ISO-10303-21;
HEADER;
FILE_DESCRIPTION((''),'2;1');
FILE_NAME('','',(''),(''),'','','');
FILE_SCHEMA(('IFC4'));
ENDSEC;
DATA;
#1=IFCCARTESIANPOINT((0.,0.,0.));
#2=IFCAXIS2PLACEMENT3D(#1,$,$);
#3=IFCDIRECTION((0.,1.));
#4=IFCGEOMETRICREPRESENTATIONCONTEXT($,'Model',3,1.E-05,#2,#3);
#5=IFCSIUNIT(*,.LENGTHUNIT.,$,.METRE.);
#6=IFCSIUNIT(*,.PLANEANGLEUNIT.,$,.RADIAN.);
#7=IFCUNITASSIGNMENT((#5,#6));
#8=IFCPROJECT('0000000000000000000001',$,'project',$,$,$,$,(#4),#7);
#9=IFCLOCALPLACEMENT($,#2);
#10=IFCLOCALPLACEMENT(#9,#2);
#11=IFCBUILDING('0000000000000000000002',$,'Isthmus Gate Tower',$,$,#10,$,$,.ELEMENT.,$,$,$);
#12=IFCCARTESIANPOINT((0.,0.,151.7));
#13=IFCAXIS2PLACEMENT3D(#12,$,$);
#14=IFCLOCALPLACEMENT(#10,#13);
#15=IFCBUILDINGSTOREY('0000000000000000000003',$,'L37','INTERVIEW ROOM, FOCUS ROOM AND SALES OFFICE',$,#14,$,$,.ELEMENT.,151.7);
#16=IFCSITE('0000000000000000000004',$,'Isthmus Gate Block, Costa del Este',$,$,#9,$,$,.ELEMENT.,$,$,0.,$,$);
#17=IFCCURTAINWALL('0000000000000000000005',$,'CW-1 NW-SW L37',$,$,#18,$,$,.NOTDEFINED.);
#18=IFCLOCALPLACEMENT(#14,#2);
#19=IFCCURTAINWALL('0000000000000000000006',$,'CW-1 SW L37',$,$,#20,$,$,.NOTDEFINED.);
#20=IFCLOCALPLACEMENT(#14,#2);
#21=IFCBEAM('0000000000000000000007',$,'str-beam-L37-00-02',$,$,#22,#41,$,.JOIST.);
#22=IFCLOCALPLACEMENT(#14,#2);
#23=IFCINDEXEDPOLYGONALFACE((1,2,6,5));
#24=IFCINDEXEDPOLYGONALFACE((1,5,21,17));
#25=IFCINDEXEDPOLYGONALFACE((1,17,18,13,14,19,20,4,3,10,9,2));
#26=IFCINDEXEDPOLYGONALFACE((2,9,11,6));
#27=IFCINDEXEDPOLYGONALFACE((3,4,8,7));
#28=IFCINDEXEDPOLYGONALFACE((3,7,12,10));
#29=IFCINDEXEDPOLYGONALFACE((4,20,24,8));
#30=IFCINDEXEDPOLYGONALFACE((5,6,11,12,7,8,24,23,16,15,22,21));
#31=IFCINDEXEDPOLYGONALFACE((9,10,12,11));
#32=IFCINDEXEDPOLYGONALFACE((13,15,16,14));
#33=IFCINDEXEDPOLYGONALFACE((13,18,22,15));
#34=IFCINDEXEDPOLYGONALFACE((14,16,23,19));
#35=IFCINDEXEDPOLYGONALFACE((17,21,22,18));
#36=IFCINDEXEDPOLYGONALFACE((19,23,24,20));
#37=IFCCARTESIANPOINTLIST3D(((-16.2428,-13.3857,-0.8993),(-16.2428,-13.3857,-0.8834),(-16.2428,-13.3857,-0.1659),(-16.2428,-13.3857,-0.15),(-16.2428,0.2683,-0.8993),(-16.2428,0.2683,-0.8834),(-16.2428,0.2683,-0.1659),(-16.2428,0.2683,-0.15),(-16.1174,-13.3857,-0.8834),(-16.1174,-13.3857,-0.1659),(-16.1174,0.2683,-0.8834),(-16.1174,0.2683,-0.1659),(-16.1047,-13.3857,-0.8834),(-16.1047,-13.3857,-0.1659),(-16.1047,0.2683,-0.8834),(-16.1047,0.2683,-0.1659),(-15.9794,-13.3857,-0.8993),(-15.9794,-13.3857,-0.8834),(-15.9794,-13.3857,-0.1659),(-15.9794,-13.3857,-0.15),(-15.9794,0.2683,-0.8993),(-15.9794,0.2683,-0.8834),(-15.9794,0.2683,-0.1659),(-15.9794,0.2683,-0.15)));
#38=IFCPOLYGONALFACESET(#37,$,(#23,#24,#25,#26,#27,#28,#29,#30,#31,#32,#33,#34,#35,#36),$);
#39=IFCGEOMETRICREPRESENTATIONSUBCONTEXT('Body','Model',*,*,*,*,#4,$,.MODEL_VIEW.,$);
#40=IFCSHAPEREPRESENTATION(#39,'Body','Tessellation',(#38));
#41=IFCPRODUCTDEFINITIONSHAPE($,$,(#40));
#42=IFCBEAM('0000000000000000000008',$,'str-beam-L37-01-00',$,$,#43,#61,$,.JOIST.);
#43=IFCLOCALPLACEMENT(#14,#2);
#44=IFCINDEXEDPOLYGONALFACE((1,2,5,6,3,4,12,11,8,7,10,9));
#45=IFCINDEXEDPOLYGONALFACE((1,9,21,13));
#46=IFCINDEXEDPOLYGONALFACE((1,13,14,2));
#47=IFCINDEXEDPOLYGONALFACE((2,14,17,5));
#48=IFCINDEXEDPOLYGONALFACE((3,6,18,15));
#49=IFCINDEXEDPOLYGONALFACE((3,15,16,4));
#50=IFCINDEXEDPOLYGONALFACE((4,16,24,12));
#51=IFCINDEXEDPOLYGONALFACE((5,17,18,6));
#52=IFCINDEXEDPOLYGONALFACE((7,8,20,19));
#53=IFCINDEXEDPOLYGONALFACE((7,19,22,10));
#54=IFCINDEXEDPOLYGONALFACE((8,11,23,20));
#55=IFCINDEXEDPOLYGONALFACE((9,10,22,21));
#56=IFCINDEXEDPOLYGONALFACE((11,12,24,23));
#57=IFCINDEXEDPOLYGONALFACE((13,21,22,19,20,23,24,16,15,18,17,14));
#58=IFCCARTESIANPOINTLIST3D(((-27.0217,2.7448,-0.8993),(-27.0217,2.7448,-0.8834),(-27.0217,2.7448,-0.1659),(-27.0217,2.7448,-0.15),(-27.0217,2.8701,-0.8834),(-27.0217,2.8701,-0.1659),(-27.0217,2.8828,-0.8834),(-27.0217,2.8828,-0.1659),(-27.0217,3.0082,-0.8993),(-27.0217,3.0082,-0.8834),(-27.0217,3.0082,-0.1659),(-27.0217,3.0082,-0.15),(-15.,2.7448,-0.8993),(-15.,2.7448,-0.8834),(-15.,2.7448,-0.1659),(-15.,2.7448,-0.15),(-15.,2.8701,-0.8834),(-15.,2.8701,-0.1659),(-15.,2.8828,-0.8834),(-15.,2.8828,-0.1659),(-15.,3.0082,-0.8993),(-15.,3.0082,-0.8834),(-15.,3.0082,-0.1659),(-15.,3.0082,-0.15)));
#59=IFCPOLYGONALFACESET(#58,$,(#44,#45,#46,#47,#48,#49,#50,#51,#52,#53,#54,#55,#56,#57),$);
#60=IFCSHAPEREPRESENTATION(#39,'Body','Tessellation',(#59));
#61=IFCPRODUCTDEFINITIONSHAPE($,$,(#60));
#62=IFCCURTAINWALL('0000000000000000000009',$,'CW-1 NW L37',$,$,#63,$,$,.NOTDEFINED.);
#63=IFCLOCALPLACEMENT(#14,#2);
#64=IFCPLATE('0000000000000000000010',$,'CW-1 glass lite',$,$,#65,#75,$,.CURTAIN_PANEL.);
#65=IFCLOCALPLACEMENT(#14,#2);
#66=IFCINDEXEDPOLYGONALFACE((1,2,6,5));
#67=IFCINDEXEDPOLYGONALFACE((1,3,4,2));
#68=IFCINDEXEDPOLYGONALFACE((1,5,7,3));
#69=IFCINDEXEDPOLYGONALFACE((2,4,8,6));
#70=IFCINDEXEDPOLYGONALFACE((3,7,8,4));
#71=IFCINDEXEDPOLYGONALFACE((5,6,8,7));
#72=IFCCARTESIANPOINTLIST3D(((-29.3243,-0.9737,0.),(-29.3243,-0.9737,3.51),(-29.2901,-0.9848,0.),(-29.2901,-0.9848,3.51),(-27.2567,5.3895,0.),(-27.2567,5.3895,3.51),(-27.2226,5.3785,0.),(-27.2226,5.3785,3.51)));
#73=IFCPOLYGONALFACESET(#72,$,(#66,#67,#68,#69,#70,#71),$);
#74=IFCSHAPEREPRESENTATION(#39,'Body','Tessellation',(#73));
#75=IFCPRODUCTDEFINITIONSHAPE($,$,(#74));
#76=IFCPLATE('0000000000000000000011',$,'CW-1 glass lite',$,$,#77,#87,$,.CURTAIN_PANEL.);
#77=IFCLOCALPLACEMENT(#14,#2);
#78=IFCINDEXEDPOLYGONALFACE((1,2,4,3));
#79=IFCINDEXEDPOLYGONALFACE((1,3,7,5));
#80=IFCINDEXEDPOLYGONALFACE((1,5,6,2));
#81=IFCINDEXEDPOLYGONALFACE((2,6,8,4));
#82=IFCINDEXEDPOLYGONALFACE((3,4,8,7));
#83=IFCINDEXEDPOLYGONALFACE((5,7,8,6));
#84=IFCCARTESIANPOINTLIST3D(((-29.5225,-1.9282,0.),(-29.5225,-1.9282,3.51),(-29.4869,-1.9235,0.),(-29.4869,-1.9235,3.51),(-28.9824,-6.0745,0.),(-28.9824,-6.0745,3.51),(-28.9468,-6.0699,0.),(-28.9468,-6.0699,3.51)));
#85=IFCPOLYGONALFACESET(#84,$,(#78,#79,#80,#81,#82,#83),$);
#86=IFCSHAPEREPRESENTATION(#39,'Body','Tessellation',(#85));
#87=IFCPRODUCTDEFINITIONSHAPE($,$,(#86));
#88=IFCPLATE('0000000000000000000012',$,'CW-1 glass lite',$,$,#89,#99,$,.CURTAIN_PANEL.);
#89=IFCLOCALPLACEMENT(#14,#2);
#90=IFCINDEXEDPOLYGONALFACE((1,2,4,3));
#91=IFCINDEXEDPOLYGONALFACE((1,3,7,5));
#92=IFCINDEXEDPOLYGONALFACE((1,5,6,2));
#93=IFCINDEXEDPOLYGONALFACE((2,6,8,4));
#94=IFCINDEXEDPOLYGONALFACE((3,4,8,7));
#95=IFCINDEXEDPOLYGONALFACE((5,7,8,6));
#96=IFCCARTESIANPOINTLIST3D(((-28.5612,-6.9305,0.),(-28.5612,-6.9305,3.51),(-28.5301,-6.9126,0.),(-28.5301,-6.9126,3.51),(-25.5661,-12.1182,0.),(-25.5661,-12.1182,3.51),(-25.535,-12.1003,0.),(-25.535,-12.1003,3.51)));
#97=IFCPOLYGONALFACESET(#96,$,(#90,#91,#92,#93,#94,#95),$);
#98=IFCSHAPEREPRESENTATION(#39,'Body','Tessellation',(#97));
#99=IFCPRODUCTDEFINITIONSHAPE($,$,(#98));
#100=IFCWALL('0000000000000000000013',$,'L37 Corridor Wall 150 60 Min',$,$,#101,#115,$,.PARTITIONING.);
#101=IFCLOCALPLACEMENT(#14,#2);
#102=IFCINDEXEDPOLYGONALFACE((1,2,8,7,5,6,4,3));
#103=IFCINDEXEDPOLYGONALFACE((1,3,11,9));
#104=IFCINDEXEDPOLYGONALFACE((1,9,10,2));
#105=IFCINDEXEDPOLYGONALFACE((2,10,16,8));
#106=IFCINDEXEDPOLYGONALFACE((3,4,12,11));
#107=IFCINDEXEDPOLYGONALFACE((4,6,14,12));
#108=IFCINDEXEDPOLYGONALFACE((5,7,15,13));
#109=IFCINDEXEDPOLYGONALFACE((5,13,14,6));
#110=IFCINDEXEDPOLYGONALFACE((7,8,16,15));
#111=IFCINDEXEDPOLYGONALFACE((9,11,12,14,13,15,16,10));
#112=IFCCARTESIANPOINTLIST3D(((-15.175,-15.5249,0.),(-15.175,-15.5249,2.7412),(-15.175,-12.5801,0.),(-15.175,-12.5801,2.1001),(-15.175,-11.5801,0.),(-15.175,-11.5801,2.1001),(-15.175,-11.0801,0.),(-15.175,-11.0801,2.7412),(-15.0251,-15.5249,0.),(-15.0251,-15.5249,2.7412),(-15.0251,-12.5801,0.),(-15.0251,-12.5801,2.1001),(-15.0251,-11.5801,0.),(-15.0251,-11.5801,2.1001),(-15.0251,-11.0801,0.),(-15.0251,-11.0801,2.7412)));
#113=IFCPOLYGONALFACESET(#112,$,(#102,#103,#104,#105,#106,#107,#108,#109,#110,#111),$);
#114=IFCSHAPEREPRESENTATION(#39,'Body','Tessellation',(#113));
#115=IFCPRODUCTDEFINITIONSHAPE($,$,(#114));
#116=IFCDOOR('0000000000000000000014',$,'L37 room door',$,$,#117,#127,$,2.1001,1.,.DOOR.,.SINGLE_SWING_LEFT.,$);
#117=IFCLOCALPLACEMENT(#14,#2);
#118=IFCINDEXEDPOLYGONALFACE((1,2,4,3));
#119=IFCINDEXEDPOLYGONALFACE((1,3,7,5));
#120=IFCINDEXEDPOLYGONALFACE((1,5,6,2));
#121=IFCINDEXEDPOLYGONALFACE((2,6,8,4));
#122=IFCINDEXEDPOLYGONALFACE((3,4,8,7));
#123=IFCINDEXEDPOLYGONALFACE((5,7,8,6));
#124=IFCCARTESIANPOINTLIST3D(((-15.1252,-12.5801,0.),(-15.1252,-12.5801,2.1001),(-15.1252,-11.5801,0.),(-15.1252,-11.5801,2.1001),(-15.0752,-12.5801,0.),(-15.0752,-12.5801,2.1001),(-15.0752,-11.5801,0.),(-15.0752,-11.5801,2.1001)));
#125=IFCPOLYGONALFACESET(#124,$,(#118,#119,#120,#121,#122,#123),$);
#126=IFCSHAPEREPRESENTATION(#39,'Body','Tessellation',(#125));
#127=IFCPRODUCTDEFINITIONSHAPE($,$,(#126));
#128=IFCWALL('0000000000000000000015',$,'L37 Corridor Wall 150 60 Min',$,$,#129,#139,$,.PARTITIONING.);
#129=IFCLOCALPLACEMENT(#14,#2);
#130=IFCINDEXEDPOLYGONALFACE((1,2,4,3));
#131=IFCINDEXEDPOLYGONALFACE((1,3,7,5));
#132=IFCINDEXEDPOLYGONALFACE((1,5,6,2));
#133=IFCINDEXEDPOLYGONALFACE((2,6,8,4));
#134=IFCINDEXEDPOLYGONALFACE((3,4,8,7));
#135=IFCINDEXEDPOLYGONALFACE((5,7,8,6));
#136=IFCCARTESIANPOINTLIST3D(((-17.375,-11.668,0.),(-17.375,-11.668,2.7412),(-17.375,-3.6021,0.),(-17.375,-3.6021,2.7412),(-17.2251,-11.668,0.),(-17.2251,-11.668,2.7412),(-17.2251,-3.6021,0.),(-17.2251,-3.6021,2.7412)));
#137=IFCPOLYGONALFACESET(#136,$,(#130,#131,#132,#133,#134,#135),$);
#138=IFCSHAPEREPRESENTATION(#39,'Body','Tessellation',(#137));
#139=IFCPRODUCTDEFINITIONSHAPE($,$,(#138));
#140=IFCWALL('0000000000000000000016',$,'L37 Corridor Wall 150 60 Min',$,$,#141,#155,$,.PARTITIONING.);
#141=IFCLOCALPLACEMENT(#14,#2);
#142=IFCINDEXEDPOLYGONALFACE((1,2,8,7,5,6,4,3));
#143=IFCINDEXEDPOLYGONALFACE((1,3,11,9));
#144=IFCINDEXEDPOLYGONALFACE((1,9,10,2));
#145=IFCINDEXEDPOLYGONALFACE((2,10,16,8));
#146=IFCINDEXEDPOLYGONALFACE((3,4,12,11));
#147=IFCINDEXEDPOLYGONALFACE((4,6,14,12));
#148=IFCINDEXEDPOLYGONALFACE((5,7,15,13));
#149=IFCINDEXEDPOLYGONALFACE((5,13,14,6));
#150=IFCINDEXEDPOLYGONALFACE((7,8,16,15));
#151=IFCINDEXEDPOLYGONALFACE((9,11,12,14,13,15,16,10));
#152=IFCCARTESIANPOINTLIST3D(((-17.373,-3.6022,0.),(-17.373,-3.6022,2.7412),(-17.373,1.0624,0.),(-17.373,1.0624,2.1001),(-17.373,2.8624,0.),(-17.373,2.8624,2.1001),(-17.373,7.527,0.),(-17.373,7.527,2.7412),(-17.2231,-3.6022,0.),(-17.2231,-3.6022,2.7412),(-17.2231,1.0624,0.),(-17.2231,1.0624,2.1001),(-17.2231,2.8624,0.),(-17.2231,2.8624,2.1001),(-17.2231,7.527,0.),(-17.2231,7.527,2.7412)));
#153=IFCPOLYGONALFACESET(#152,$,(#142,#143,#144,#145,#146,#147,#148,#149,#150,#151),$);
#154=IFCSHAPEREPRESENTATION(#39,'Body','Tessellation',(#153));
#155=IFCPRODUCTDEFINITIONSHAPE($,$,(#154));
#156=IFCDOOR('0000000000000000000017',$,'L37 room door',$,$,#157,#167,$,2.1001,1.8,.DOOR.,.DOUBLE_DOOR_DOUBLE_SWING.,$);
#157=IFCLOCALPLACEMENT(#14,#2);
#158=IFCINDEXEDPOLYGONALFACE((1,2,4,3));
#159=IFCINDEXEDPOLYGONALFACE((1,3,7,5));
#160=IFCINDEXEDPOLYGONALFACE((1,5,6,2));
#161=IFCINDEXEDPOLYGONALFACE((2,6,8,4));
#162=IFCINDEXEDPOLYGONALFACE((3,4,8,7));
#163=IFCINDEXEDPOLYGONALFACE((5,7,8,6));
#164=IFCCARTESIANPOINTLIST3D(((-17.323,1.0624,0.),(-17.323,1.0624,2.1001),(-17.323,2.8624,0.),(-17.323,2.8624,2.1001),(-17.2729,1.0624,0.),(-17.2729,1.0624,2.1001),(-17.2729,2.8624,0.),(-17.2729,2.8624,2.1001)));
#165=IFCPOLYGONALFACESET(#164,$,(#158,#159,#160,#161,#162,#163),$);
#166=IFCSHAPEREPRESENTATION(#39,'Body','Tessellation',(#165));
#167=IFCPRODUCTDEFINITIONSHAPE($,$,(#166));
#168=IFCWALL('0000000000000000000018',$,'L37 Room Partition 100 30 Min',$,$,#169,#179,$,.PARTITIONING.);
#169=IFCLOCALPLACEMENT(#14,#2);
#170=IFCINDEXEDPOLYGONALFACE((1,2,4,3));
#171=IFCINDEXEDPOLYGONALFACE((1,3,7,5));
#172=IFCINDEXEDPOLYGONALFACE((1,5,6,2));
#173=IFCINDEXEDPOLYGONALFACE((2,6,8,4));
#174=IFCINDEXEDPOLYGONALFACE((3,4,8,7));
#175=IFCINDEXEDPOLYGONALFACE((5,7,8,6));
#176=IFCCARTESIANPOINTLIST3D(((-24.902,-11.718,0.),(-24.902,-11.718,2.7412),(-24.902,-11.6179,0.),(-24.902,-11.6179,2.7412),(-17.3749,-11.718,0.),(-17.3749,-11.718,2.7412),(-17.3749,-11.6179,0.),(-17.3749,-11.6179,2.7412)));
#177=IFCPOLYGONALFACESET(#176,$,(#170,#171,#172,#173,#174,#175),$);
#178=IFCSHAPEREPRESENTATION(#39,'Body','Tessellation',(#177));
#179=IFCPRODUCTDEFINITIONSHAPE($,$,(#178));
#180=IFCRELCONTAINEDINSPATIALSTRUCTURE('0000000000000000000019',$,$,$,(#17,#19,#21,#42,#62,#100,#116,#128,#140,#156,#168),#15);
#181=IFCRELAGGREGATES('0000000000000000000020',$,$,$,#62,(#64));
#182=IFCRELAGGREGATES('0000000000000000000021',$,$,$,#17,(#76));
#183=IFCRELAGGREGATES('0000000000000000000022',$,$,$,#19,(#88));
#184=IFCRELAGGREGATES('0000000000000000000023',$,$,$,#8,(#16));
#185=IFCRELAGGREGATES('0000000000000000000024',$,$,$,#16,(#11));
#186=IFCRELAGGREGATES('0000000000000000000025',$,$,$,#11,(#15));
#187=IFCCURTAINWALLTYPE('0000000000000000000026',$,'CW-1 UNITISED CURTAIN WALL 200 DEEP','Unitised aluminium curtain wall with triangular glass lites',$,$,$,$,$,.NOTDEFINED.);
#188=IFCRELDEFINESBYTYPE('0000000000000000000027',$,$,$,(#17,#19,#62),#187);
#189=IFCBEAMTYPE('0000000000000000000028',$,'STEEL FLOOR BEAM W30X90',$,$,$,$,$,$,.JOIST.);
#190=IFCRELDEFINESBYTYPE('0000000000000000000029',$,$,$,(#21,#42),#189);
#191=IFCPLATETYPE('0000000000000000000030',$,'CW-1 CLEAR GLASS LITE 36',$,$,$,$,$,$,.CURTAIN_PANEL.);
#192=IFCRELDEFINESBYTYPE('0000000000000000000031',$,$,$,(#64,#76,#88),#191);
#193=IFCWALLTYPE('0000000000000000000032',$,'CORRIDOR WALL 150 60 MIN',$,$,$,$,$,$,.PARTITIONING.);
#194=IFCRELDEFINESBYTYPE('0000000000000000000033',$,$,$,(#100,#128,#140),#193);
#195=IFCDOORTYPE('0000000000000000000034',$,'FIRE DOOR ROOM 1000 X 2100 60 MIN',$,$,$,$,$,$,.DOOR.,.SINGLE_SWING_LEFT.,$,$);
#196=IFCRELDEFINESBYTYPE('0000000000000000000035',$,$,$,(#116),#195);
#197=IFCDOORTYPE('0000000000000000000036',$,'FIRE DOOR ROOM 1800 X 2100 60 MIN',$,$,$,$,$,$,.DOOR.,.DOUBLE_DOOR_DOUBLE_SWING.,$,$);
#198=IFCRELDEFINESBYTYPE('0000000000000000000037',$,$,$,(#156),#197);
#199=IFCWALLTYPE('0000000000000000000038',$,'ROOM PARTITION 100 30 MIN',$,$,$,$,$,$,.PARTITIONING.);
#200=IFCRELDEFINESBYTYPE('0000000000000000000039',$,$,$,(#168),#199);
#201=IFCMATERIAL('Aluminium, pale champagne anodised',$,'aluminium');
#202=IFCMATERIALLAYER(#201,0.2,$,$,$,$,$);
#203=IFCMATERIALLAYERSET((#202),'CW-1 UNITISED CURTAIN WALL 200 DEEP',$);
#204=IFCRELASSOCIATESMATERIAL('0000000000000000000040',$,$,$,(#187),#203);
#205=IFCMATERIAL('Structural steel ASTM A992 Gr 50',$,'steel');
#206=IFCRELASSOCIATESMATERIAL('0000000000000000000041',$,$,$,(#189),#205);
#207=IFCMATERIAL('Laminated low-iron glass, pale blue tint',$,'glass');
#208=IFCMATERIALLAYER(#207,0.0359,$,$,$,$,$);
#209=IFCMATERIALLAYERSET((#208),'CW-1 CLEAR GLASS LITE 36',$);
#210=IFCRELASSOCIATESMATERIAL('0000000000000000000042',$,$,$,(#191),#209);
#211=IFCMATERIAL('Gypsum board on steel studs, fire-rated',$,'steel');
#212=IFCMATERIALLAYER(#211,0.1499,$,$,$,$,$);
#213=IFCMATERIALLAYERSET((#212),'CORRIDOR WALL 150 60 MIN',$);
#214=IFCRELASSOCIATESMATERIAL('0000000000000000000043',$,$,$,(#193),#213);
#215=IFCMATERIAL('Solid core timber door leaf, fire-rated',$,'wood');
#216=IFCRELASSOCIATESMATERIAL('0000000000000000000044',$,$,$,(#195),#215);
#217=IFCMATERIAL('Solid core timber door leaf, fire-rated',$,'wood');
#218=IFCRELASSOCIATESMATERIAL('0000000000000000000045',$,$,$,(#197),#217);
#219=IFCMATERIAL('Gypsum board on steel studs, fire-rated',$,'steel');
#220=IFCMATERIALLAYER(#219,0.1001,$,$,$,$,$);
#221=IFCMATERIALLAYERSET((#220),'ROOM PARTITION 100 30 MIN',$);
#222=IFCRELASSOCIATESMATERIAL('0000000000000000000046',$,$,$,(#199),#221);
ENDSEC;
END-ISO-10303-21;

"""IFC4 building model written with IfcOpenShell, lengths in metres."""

from ifc_helpers import new_model, si_unit, direction, frame, frame_2d, origin, origin_2d, place, context, subcontext, project, spatial, rectangle, i_section, extrude, material, layer, layer_set, material_profile, profile_set, type_object, element, fill, aggregate, save


model = new_model("IFC4")

# Units and contexts
model_context = context("Model", 3, precision=1e-05, world=origin(), true_north=direction((0.0, 1.0)))
body_context = subcontext(model_context, "Body", "Model", "MODEL_VIEW")
ifc_project = project(units=[si_unit("LENGTHUNIT", "METRE"), si_unit("PLANEANGLEUNIT", "RADIAN")], contexts=[model_context])

# Site, building, storey
site_placement = place(None, origin())
site = spatial("IfcSite", under=ifc_project, at=site_placement, Name="Isthmus Gate Block, Costa del Este", CompositionType="ELEMENT", RefElevation=0.0)
building_placement = place(site_placement, origin())
building = spatial("IfcBuilding", under=site, at=building_placement, Name="Isthmus Gate Tower", CompositionType="ELEMENT")
storey_placement = place(building_placement, frame((0.0, 0.0, 151.7)))
storey = spatial("IfcBuildingStorey", under=building, at=storey_placement, Name="L37", Description="INTERVIEW ROOM, FOCUS ROOM AND SALES OFFICE", CompositionType="ELEMENT", Elevation=151.7)

# Curtain walls
ifc_material_1 = material(Name="Aluminium, pale champagne anodised", Category="aluminium")
ifc_layer_1 = layer(ifc_material_1, 0.2)
ifc_layer_set_1 = layer_set([ifc_layer_1], Name="CW-1 UNITISED CURTAIN WALL 200 DEEP")
curtain_wall_type = type_object("IfcCurtainWallType", Name="CW-1 UNITISED CURTAIN WALL 200 DEEP", Description="Unitised aluminium curtain wall with triangular glass lites", PredefinedType="NOTDEFINED", material=ifc_layer_set_1)
curtain_wall_1_placement = place(storey_placement, origin())
curtain_wall_1 = element("IfcCurtainWall", 1, at=curtain_wall_1_placement, inside=storey, type_object=curtain_wall_type, Name="CW-1 NW-SW L37", PredefinedType="NOTDEFINED")
curtain_wall_2_placement = place(storey_placement, origin())
curtain_wall_2 = element("IfcCurtainWall", 2, at=curtain_wall_2_placement, inside=storey, type_object=curtain_wall_type, Name="CW-1 SW L37", PredefinedType="NOTDEFINED")

# Beams
ifc_material_2 = material(Name="Structural steel ASTM A992 Gr 50", Category="steel")
ifc_material_profile_1 = material_profile(ifc_material_2, i_section(OverallWidth=0.2634, OverallDepth=0.7493, WebThickness=0.0127, FlangeThickness=0.0159, at=origin_2d()), Name="W30X90")
ifc_profile_set_1 = profile_set([ifc_material_profile_1], Name="Structural steel ASTM A992 Gr 50")
beam_type_1 = type_object("IfcBeamType", Name="STEEL FLOOR BEAM W30X90", PredefinedType="JOIST", material=ifc_profile_set_1)
beam_1_placement = place(storey_placement, frame((-16.1111, -13.3857, -0.5247), z_axis=(0.0, 1.0, 0.0), x_axis=(-1.0, 0.0, 0.0)))
element("IfcBeam", 3, at=beam_1_placement, inside=storey, type_object=beam_type_1, Name="str-beam-L37-00-02", PredefinedType="JOIST", context=body_context, shape_type="SweptSolid", body=[
    extrude(i_section(OverallWidth=0.2634, OverallDepth=0.7493, WebThickness=0.0127, FlangeThickness=0.0159, at=origin_2d()), origin(), (0.0, 0.0, 1.0), 13.6541),
])
beam_2_placement = place(storey_placement, frame((-27.0217, 2.8765, -0.5247), z_axis=(1.0, 0.0, 0.0), x_axis=(0.0, 1.0, 0.0)))
element("IfcBeam", 4, at=beam_2_placement, inside=storey, type_object=beam_type_1, Name="str-beam-L37-01-00", PredefinedType="JOIST", context=body_context, shape_type="SweptSolid", body=[
    extrude(i_section(OverallWidth=0.2634, OverallDepth=0.7493, WebThickness=0.0127, FlangeThickness=0.0159, at=origin_2d()), origin(), (0.0, 0.0, 1.0), 12.0217),
])

# Curtain wall, plate
curtain_wall_3_placement = place(storey_placement, origin())
curtain_wall_3 = element("IfcCurtainWall", 5, at=curtain_wall_3_placement, inside=storey, type_object=curtain_wall_type, Name="CW-1 NW L37", PredefinedType="NOTDEFINED")
ifc_material_3 = material(Name="Laminated low-iron glass, pale blue tint", Category="glass")
ifc_layer_2 = layer(ifc_material_3, 0.0359)
ifc_layer_set_2 = layer_set([ifc_layer_2], Name="CW-1 CLEAR GLASS LITE 36")
plate_type = type_object("IfcPlateType", Name="CW-1 CLEAR GLASS LITE 36", PredefinedType="CURTAIN_PANEL", material=ifc_layer_set_2)
plate_1_placement = place(storey_placement, frame((-28.2734, 2.2024, 0.0), z_axis=(0.0, 0.0, 1.0), x_axis=(-0.309017, -0.951057, 0.0)))
plate_1 = element("IfcPlate", 6, at=plate_1_placement, type_object=plate_type, Name="CW-1 glass lite", PredefinedType="CURTAIN_PANEL", context=body_context, shape_type="SweptSolid", body=[
    extrude(rectangle(XDim=6.6907, YDim=0.0359, at=origin_2d()), origin(), (0.0, 0.0, 1.0), 3.51),
])
aggregate(curtain_wall_3, [plate_1])

# Plates
plate_2_placement = place(storey_placement, frame((-29.2346, -3.999, 0.0), z_axis=(0.0, 0.0, 1.0), x_axis=(0.129165, -0.991623, 0.0)))
plate_2 = element("IfcPlate", 7, at=plate_2_placement, type_object=plate_type, Name="CW-1 glass lite", PredefinedType="CURTAIN_PANEL", context=body_context, shape_type="SweptSolid", body=[
    extrude(rectangle(XDim=4.1814, YDim=0.0359, at=origin_2d()), origin(), (0.0, 0.0, 1.0), 3.51),
])
aggregate(curtain_wall_1, [plate_2])
plate_3_placement = place(storey_placement, frame((-27.0481, -9.5154, 0.0), z_axis=(0.0, 0.0, 1.0), x_axis=(0.5, -0.866025, 0.0)))
plate_3 = element("IfcPlate", 8, at=plate_3_placement, type_object=plate_type, Name="CW-1 glass lite", PredefinedType="CURTAIN_PANEL", context=body_context, shape_type="SweptSolid", body=[
    extrude(rectangle(XDim=5.9902, YDim=0.0359, at=origin_2d()), origin(), (0.0, 0.0, 1.0), 3.51),
])
aggregate(curtain_wall_2, [plate_3])

# Wall, opening, door
ifc_material_4 = material(Name="Gypsum board on steel studs, fire-rated", Category="steel")
ifc_layer_3 = layer(ifc_material_4, 0.1499)
ifc_layer_set_3 = layer_set([ifc_layer_3], Name="CORRIDOR WALL 150 60 MIN")
wall_type_1 = type_object("IfcWallType", Name="CORRIDOR WALL 150 60 MIN", PredefinedType="PARTITIONING", material=ifc_layer_set_3)
wall_1_placement = place(storey_placement, frame((-15.1001, -11.0801, 0.0), z_axis=(0.0, 0.0, 1.0), x_axis=(0.0, -1.0, 0.0)))
wall_1 = element("IfcWall", 9, at=wall_1_placement, inside=storey, type_object=wall_type_1, Name="L37 Corridor Wall 150 60 Min", PredefinedType="PARTITIONING", context=body_context, shape_type="SweptSolid", body=[
    extrude(rectangle(XDim=4.4448, YDim=0.1499, at=frame_2d((2.2224, 0.0))), origin(), (0.0, 0.0, 1.0), 2.7412),
])
opening_1_placement = place(wall_1_placement, frame((0.5, 0.0, 0.0)))
opening_1 = element("IfcOpeningElement", 10, at=opening_1_placement, cuts=wall_1, PredefinedType="OPENING", context=body_context, shape_type="SweptSolid", body=[
    extrude(rectangle(XDim=1.0, YDim=2.1001, at=frame_2d((0.5, 1.05))), frame((0.0, 0.085, 0.0), z_axis=(0.0, -1.0, 0.0), x_axis=(1.0, 0.0, 0.0)), (0.0, 0.0, 1.0), 0.1699),
])
ifc_material_5 = material(Name="Solid core timber door leaf, fire-rated", Category="wood")
door_type_1 = type_object("IfcDoorType", Name="FIRE DOOR ROOM 1000 X 2100 60 MIN", OperationType="SINGLE_SWING_LEFT", PredefinedType="DOOR", material=ifc_material_5)
door_1_placement = place(opening_1_placement, origin())
door_1 = element("IfcDoor", 11, at=door_1_placement, inside=storey, type_object=door_type_1, Name="L37 room door", OperationType="SINGLE_SWING_LEFT", OverallHeight=2.1001, OverallWidth=1.0, PredefinedType="DOOR", context=body_context, shape_type="SweptSolid", body=[
    extrude(rectangle(XDim=1.0, YDim=2.1001, at=frame_2d((0.5, 1.05))), frame((0.0, 0.0249, 0.0), z_axis=(0.0, -1.0, 0.0), x_axis=(1.0, 0.0, 0.0)), (0.0, 0.0, 1.0), 0.05),
])
fill(opening_1, door_1)

# Wall
wall_2_placement = place(storey_placement, frame((-17.3, -11.668, 0.0), z_axis=(0.0, 0.0, 1.0), x_axis=(0.0, 1.0, 0.0)))
element("IfcWall", 12, at=wall_2_placement, inside=storey, type_object=wall_type_1, Name="L37 Corridor Wall 150 60 Min", PredefinedType="PARTITIONING", context=body_context, shape_type="SweptSolid", body=[
    extrude(rectangle(XDim=8.0659, YDim=0.1499, at=frame_2d((4.033, 0.0))), origin(), (0.0, 0.0, 1.0), 2.7412),
])

# Wall, opening, door
wall_3_placement = place(storey_placement, frame((-17.2981, -3.6021, 0.0), z_axis=(0.0, 0.0, 1.0), x_axis=(0.0, 1.0, 0.0)))
wall_3 = element("IfcWall", 13, at=wall_3_placement, inside=storey, type_object=wall_type_1, Name="L37 Corridor Wall 150 60 Min", PredefinedType="PARTITIONING", context=body_context, shape_type="SweptSolid", body=[
    extrude(rectangle(XDim=11.1292, YDim=0.1499, at=frame_2d((5.5645, 0.0))), origin(), (0.0, 0.0, 1.0), 2.7412),
])
opening_2_placement = place(wall_3_placement, frame((4.6646, 0.0, 0.0)))
opening_2 = element("IfcOpeningElement", 14, at=opening_2_placement, cuts=wall_3, PredefinedType="OPENING", context=body_context, shape_type="SweptSolid", body=[
    extrude(rectangle(XDim=1.8, YDim=2.1001, at=frame_2d((0.8999, 1.05))), frame((0.0, 0.085, 0.0), z_axis=(0.0, -1.0, 0.0), x_axis=(1.0, 0.0, 0.0)), (0.0, 0.0, 1.0), 0.1699),
])
ifc_material_6 = material(Name="Solid core timber door leaf, fire-rated", Category="wood")
door_type_2 = type_object("IfcDoorType", Name="FIRE DOOR ROOM 1800 X 2100 60 MIN", OperationType="DOUBLE_DOOR_DOUBLE_SWING", PredefinedType="DOOR", material=ifc_material_6)
door_2_placement = place(opening_2_placement, origin())
door_2 = element("IfcDoor", 15, at=door_2_placement, inside=storey, type_object=door_type_2, Name="L37 room door", OperationType="DOUBLE_DOOR_DOUBLE_SWING", OverallHeight=2.1001, OverallWidth=1.8, PredefinedType="DOOR", context=body_context, shape_type="SweptSolid", body=[
    extrude(rectangle(XDim=1.8, YDim=2.1001, at=frame_2d((0.8999, 1.05))), frame((0.0, 0.0249, 0.0), z_axis=(0.0, -1.0, 0.0), x_axis=(1.0, 0.0, 0.0)), (0.0, 0.0, 1.0), 0.05),
])
fill(opening_2, door_2)

# Wall
ifc_material_7 = material(Name="Gypsum board on steel studs, fire-rated", Category="steel")
ifc_layer_4 = layer(ifc_material_7, 0.1001)
ifc_layer_set_4 = layer_set([ifc_layer_4], Name="ROOM PARTITION 100 30 MIN")
wall_type_2 = type_object("IfcWallType", Name="ROOM PARTITION 100 30 MIN", PredefinedType="PARTITIONING", material=ifc_layer_set_4)
wall_4_placement = place(storey_placement, frame((-24.9021, -11.668, 0.0), z_axis=(0.0, 0.0, 1.0), x_axis=(1.0, 0.0, 0.0)))
element("IfcWall", 16, at=wall_4_placement, inside=storey, type_object=wall_type_2, Name="L37 Room Partition 100 30 Min", PredefinedType="PARTITIONING", context=body_context, shape_type="SweptSolid", body=[
    extrude(rectangle(XDim=7.5271, YDim=0.1001, at=frame_2d((3.7637, 0.0))), origin(), (0.0, 0.0, 1.0), 2.7412),
])

save(model, "model.ifc")
